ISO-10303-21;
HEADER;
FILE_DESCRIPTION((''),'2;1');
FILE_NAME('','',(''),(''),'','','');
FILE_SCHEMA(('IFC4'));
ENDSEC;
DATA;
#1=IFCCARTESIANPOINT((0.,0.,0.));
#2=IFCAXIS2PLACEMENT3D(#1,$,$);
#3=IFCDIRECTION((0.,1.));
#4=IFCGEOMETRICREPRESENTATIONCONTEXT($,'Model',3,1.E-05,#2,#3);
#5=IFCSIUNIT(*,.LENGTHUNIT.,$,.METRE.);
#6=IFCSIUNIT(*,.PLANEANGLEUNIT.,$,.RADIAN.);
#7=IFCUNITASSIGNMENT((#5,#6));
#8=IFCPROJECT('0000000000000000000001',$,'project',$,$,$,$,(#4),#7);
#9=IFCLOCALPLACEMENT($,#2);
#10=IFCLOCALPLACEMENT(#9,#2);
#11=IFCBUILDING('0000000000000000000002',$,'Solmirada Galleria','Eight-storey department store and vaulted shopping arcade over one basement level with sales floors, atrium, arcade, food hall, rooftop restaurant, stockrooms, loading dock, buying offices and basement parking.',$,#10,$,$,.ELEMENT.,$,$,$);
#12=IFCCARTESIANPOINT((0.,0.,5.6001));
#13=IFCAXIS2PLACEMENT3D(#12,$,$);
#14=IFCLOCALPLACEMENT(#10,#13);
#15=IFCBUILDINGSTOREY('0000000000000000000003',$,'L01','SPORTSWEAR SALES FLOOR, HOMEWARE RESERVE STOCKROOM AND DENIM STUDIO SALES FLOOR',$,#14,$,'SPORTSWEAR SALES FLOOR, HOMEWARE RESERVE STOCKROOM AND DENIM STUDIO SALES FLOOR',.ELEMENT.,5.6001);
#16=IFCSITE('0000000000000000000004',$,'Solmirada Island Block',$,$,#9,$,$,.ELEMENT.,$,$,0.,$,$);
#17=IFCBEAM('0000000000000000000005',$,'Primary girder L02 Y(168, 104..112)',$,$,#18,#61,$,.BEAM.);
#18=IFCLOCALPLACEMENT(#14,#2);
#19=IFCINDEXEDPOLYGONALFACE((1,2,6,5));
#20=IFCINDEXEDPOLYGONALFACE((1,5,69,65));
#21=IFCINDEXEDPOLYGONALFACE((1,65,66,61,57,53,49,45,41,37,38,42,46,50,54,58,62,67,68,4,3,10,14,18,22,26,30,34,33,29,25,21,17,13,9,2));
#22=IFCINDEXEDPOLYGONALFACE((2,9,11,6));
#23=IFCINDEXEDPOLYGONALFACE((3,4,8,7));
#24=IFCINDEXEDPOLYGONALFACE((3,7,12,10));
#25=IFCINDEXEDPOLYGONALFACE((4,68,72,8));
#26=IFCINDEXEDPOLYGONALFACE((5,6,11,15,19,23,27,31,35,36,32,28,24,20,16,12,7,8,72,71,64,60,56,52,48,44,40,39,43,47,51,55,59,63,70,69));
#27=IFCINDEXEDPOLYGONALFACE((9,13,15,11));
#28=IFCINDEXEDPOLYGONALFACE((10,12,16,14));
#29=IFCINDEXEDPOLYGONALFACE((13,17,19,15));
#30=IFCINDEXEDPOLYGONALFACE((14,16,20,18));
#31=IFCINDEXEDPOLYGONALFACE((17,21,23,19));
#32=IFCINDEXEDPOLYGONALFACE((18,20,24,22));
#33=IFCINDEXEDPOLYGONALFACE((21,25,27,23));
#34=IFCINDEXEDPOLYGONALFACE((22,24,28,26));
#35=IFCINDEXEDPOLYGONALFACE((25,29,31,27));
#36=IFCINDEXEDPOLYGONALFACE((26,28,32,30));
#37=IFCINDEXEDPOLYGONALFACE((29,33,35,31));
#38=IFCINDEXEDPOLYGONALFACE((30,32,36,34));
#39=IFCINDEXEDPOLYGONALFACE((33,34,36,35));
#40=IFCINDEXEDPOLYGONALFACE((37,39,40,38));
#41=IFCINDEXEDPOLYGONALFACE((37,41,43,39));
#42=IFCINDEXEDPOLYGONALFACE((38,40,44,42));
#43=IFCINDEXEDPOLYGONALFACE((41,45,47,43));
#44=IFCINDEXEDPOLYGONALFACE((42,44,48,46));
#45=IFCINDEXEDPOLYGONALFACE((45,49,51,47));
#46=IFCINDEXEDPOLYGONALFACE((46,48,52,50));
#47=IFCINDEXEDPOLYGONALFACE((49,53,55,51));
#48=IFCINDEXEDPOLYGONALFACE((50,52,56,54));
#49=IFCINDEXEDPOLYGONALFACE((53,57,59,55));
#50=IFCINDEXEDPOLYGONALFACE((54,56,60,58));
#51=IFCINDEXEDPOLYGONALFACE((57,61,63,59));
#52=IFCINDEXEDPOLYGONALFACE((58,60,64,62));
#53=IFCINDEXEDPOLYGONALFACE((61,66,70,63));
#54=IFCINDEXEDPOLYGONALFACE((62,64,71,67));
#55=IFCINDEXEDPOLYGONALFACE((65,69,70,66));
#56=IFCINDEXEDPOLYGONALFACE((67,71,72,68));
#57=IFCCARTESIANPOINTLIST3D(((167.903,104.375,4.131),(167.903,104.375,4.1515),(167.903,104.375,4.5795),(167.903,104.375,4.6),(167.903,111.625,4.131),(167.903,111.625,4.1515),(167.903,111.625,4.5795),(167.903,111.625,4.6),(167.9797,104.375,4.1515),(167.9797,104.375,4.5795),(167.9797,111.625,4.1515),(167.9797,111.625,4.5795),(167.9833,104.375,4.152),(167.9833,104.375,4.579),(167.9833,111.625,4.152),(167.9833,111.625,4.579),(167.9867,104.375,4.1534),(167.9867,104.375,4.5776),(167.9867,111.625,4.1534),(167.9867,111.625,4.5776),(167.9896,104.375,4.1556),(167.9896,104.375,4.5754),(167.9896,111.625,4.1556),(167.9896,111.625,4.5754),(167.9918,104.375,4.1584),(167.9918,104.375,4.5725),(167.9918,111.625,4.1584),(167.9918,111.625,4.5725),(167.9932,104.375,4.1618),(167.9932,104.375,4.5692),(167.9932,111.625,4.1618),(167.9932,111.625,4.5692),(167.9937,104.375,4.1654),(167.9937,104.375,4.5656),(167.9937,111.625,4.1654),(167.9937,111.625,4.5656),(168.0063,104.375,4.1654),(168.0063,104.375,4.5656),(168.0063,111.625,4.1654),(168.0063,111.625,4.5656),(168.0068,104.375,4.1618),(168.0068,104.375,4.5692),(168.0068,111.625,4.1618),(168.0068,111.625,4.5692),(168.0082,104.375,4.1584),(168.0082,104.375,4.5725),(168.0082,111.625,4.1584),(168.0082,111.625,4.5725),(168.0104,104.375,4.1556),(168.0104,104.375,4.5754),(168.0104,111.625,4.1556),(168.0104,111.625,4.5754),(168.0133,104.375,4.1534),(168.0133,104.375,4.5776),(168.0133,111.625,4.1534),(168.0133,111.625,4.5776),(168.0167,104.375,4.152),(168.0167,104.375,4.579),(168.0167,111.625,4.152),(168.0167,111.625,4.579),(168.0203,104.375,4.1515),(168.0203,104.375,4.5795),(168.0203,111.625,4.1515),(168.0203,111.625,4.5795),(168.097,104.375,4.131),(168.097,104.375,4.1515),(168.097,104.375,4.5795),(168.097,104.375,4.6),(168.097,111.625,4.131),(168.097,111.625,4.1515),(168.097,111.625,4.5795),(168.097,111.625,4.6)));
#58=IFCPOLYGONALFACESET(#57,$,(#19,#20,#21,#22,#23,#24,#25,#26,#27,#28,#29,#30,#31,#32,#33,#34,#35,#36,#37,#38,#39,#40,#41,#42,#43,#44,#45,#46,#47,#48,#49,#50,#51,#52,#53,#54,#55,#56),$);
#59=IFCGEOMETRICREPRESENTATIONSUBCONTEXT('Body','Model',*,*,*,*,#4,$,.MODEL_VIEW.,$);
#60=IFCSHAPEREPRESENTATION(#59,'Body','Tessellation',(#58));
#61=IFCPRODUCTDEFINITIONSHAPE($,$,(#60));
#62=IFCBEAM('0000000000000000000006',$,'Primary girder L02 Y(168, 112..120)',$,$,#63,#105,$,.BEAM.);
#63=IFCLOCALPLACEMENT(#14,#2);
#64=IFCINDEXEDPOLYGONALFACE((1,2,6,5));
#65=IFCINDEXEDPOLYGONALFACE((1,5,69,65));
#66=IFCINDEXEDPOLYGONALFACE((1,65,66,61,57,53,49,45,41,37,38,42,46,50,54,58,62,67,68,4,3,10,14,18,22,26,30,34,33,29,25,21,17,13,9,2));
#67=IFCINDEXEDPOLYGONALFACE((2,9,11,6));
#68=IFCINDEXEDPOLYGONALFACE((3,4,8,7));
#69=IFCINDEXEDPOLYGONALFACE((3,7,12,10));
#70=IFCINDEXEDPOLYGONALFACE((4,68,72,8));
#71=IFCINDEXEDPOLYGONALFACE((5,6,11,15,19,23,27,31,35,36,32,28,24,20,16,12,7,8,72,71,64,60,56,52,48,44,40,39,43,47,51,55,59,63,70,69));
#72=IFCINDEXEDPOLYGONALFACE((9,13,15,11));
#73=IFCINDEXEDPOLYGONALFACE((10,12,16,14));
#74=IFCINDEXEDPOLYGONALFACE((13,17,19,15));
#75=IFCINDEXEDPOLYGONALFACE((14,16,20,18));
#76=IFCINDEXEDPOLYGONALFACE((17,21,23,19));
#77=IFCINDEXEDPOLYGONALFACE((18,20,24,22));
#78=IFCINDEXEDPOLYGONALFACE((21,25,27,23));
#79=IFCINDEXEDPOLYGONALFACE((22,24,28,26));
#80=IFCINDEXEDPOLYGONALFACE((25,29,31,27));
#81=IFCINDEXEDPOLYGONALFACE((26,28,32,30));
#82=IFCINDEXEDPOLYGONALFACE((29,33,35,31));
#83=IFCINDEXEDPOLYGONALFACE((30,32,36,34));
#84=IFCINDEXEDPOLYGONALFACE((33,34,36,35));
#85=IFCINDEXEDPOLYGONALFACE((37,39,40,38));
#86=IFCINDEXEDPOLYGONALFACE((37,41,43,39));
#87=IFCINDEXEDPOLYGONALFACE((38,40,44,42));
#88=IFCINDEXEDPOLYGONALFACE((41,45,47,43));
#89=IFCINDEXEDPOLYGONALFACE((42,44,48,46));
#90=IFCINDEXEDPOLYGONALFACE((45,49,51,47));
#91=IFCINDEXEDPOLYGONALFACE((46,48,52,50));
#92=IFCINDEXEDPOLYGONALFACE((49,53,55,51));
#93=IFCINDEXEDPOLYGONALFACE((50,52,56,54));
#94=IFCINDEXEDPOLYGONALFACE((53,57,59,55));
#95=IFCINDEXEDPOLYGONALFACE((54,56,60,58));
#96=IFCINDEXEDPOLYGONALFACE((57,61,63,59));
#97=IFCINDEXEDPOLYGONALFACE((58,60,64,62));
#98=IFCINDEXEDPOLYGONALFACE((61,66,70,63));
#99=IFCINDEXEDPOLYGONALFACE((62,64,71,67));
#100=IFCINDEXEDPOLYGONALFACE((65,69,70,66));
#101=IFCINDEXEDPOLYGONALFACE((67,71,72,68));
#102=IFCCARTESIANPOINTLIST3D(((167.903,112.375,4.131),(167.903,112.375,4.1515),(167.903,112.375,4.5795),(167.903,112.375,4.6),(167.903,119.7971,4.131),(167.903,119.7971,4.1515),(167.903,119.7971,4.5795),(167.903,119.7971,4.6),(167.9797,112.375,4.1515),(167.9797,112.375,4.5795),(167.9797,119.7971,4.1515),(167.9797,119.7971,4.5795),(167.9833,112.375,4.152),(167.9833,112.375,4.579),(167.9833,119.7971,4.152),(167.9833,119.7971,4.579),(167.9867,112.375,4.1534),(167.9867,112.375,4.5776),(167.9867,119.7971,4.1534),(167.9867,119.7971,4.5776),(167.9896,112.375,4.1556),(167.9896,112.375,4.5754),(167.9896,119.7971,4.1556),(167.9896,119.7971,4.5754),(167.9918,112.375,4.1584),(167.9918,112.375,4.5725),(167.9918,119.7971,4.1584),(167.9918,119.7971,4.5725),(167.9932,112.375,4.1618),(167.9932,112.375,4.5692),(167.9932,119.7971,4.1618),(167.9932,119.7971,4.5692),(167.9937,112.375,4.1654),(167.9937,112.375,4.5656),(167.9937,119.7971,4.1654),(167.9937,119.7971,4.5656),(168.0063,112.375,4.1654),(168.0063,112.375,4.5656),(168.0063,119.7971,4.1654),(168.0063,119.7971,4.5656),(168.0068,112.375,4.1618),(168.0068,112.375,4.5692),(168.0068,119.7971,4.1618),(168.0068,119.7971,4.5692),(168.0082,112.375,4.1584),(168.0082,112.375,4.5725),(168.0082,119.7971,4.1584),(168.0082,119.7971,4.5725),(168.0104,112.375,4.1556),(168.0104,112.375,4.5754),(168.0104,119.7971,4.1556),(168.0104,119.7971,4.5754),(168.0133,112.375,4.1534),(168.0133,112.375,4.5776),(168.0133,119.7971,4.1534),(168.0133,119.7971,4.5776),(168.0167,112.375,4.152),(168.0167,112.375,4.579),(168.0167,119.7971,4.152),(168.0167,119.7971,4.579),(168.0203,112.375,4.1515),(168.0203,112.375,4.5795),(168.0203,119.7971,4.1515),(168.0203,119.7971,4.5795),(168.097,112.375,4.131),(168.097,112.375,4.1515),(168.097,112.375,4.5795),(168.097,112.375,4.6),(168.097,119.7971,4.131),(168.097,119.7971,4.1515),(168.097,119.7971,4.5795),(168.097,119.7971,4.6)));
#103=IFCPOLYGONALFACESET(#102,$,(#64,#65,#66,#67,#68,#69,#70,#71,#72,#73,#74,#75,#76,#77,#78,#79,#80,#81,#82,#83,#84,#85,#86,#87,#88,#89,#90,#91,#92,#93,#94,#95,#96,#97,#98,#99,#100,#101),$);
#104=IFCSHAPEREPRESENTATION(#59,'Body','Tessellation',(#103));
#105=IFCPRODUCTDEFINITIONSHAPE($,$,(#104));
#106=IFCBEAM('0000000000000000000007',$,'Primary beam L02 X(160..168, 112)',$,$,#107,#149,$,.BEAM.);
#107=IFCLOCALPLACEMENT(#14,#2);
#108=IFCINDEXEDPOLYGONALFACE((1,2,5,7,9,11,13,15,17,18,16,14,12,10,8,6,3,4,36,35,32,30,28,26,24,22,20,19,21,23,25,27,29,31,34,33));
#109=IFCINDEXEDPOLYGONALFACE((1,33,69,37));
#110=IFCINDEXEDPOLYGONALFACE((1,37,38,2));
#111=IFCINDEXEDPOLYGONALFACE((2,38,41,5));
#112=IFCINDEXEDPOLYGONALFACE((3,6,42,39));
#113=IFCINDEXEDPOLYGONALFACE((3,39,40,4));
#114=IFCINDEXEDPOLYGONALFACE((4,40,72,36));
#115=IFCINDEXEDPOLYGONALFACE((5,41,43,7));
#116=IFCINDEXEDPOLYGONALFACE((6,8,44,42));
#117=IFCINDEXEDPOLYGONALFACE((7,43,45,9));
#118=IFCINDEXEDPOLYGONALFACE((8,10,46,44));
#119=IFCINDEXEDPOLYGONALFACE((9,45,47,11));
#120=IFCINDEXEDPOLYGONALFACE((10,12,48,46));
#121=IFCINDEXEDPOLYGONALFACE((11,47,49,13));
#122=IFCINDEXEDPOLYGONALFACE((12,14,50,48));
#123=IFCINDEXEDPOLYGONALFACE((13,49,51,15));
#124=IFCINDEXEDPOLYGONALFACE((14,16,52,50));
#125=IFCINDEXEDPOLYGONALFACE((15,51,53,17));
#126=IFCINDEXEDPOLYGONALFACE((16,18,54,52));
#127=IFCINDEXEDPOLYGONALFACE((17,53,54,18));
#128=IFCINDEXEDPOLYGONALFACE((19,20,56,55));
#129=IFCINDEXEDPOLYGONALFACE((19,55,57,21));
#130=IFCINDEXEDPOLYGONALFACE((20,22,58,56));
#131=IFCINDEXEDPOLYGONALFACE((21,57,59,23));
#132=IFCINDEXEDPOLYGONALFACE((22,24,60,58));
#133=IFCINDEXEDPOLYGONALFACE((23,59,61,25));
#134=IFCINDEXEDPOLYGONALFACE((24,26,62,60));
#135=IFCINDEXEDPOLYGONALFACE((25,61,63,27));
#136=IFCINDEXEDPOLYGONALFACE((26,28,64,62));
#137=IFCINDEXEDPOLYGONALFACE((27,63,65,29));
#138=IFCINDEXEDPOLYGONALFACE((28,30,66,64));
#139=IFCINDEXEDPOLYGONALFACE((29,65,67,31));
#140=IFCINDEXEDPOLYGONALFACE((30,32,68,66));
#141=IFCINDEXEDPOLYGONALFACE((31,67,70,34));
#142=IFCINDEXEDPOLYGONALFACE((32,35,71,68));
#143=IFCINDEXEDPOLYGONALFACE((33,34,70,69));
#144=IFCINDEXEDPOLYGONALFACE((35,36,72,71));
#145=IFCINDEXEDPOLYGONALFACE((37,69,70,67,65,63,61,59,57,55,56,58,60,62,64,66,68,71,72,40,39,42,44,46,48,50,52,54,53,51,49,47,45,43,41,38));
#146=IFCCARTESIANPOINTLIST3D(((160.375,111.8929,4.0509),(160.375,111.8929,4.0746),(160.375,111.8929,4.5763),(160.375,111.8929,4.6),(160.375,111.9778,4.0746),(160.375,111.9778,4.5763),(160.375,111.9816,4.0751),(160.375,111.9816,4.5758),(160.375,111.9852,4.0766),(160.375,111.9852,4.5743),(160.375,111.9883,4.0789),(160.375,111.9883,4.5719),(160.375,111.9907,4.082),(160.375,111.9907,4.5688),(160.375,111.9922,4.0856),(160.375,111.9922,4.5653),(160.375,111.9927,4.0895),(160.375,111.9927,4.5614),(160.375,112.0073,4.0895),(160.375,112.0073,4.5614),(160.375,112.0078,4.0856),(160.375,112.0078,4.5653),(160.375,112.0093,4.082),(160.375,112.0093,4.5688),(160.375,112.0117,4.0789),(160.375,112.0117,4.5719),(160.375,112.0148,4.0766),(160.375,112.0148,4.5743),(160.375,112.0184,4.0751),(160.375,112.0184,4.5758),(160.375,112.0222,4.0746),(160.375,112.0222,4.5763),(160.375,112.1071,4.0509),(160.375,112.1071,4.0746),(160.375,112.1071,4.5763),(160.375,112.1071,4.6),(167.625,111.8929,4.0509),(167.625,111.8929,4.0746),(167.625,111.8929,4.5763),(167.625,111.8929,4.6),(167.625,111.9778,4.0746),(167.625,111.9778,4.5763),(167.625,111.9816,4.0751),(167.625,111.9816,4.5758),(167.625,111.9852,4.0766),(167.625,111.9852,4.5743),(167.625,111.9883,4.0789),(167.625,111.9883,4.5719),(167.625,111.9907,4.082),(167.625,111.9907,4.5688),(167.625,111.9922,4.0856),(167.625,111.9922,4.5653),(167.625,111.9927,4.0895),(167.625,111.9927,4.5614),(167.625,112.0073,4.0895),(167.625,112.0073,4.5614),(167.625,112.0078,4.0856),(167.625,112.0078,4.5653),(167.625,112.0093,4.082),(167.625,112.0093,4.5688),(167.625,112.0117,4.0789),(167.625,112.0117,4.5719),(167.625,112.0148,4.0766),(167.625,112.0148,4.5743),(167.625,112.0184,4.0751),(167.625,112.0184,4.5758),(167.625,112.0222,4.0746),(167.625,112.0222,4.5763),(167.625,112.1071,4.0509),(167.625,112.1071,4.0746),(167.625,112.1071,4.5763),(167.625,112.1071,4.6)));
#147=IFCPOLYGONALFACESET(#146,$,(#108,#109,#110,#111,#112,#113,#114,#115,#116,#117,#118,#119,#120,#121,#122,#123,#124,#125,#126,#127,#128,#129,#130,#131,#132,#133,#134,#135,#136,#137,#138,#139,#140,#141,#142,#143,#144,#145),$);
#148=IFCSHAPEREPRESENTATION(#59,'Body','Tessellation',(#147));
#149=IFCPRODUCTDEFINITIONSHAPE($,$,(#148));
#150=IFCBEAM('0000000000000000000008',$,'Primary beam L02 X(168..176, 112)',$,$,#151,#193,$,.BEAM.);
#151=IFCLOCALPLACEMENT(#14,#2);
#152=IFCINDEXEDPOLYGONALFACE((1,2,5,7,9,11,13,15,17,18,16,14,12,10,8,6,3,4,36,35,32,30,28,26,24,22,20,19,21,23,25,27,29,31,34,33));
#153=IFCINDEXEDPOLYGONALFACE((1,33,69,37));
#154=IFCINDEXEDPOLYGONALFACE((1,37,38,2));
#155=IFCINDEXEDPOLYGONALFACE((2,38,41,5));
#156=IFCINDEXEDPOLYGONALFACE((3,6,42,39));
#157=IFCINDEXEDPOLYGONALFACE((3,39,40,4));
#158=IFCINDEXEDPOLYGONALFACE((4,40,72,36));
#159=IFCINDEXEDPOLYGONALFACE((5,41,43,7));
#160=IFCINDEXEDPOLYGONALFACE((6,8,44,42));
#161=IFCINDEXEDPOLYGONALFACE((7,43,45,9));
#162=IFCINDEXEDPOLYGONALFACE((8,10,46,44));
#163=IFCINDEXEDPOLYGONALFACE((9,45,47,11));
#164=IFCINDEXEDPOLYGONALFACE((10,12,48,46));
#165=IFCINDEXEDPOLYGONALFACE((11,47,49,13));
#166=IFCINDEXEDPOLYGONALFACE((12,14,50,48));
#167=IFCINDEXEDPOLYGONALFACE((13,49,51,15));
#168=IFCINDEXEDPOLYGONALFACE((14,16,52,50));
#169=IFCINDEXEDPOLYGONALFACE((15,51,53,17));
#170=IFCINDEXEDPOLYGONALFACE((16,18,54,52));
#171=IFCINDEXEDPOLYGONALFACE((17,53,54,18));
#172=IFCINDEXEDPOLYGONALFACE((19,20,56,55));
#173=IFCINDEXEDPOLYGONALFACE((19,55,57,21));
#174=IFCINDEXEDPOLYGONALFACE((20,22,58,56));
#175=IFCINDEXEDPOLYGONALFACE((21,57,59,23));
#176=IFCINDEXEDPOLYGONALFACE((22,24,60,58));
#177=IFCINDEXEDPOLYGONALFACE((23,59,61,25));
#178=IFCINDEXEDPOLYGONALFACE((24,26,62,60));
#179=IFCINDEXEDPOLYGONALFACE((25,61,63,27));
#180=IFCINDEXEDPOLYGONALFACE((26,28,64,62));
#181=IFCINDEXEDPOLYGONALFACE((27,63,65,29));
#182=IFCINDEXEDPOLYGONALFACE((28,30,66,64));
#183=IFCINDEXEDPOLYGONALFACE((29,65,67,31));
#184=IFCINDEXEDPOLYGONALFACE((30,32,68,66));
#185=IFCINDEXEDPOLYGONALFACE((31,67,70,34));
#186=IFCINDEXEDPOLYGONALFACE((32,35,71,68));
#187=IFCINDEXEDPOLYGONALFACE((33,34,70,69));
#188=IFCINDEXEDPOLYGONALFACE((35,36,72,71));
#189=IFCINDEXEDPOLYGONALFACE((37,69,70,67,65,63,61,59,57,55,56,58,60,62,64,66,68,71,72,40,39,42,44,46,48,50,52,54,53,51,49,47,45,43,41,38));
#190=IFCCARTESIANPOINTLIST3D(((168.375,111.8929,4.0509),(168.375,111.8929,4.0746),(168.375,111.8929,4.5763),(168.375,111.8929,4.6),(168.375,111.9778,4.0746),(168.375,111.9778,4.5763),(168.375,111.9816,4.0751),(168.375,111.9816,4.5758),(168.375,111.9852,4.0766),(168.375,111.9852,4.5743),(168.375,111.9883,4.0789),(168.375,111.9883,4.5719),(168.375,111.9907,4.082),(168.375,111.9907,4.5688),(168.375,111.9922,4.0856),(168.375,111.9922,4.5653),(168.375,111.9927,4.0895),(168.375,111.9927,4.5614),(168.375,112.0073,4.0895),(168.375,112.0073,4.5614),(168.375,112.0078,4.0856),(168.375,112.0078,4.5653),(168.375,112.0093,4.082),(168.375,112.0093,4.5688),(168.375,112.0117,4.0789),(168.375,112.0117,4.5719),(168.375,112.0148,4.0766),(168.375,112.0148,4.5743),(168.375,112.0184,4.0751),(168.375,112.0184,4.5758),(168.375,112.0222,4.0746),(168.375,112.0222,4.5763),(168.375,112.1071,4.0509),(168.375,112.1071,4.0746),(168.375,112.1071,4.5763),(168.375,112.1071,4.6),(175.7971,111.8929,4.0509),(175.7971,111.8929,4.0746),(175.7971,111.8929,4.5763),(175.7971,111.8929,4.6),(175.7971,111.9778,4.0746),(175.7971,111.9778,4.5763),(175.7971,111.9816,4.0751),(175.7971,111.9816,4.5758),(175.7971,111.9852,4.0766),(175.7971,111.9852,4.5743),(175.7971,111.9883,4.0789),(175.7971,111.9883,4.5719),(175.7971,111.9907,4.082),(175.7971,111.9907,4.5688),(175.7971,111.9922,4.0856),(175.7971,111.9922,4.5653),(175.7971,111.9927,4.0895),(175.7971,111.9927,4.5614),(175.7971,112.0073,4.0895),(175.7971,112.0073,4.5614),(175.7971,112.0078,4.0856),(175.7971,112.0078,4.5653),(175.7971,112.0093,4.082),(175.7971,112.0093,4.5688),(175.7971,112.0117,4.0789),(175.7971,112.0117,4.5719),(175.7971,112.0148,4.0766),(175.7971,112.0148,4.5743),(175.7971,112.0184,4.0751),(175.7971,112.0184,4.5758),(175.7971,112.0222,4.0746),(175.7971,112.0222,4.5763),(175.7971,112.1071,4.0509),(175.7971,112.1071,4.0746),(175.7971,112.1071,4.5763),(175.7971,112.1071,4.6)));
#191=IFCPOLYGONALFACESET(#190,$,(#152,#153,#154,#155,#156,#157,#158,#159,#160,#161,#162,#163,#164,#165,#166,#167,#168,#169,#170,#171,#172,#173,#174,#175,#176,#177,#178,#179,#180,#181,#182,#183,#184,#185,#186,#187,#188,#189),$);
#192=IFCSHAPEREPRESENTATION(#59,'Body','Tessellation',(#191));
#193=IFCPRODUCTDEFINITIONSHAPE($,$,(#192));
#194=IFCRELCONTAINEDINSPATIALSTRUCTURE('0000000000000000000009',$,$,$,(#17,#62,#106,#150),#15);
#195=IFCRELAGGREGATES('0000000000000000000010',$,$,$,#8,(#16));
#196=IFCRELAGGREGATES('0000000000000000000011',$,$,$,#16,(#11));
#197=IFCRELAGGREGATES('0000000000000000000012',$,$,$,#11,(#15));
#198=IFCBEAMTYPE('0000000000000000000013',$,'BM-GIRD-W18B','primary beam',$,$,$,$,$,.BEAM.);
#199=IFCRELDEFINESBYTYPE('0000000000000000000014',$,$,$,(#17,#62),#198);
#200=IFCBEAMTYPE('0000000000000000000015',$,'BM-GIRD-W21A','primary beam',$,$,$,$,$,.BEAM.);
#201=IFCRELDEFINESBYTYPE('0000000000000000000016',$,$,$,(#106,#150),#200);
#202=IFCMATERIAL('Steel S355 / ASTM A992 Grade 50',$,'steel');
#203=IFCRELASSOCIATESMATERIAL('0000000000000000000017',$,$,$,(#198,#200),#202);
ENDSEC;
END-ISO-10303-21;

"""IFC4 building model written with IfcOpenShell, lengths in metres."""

from ifc_helpers import new_model, si_unit, direction, frame, origin, origin_2d, place, context, subcontext, project, spatial, i_section, extrude, material, material_profile, profile_set, type_object, element, save


model = new_model("IFC4")

# Units and contexts
model_context = context("Model", 3, precision=1e-05, world=origin(), true_north=direction((0.0, 1.0)))
body_context = subcontext(model_context, "Body", "Model", "MODEL_VIEW")
ifc_project = project(units=[si_unit("LENGTHUNIT", "METRE"), si_unit("PLANEANGLEUNIT", "RADIAN")], contexts=[model_context])

# Site, building, storey
site_placement = place(None, origin())
site = spatial("IfcSite", under=ifc_project, at=site_placement, Name="Solmirada Island Block", CompositionType="ELEMENT", RefElevation=0.0)
building_placement = place(site_placement, origin())
building = spatial("IfcBuilding", under=site, at=building_placement, Name="Solmirada Galleria", Description="Eight-storey department store and vaulted shopping arcade over one basement level with sales floors, atrium, arcade, food hall, rooftop restaurant, stockrooms, loading dock, buying offices and basement parking.", CompositionType="ELEMENT")
storey_placement = place(building_placement, frame((0.0, 0.0, 5.6001)))
storey = spatial("IfcBuildingStorey", under=building, at=storey_placement, Name="L01", Description="SPORTSWEAR SALES FLOOR, HOMEWARE RESERVE STOCKROOM AND DENIM STUDIO SALES FLOOR", LongName="SPORTSWEAR SALES FLOOR, HOMEWARE RESERVE STOCKROOM AND DENIM STUDIO SALES FLOOR", CompositionType="ELEMENT", Elevation=5.6001)

# Beams
ifc_material_1 = material(Name="Steel S355 / ASTM A992 Grade 50", Category="steel")
ifc_material_profile_1 = material_profile(ifc_material_1, i_section(OverallWidth=0.1941, OverallDepth=0.469, WebThickness=0.0127, FlangeThickness=0.0205, FilletRadius=0.0139, at=origin_2d()), Name="W18X71")
ifc_profile_set_1 = profile_set([ifc_material_profile_1], Name="Steel S355 / ASTM A992 Grade 50")
beam_type_1 = type_object("IfcBeamType", Name="BM-GIRD-W18B", Description="primary beam", PredefinedType="BEAM", material=ifc_profile_set_1)
beam_1_placement = place(storey_placement, frame((168.0, 104.375, 4.3655), z_axis=(0.0, 1.0, 0.0), x_axis=(-1.0, 0.0, 0.0)))
element("IfcBeam", 1, at=beam_1_placement, inside=storey, type_object=beam_type_1, Name="Primary girder L02 Y(168, 104..112)", PredefinedType="BEAM", context=body_context, shape_type="SweptSolid", body=[
    extrude(i_section(OverallWidth=0.1941, OverallDepth=0.469, WebThickness=0.0127, FlangeThickness=0.0205, FilletRadius=0.0139, at=origin_2d()), origin(), (0.0, 0.0, 1.0), 7.25),
])
beam_2_placement = place(storey_placement, frame((168.0, 112.375, 4.3655), z_axis=(0.0, 1.0, 0.0), x_axis=(-1.0, 0.0, 0.0)))
element("IfcBeam", 2, at=beam_2_placement, inside=storey, type_object=beam_type_1, Name="Primary girder L02 Y(168, 112..120)", PredefinedType="BEAM", context=body_context, shape_type="SweptSolid", body=[
    extrude(i_section(OverallWidth=0.1941, OverallDepth=0.469, WebThickness=0.0127, FlangeThickness=0.0205, FilletRadius=0.0139, at=origin_2d()), origin(), (0.0, 0.0, 1.0), 7.4221),
])
ifc_material_profile_2 = material_profile(ifc_material_1, i_section(OverallWidth=0.2141, OverallDepth=0.5491, WebThickness=0.0146, FlangeThickness=0.0237, FilletRadius=0.0149, at=origin_2d()), Name="W21X93")
ifc_profile_set_2 = profile_set([ifc_material_profile_2], Name="Steel S355 / ASTM A992 Grade 50")
beam_type_2 = type_object("IfcBeamType", Name="BM-GIRD-W21A", Description="primary beam", PredefinedType="BEAM", material=ifc_profile_set_2)
beam_3_placement = place(storey_placement, frame((160.375, 112.0, 4.3254), z_axis=(1.0, 0.0, 0.0), x_axis=(0.0, 1.0, 0.0)))
element("IfcBeam", 3, at=beam_3_placement, inside=storey, type_object=beam_type_2, Name="Primary beam L02 X(160..168, 112)", PredefinedType="BEAM", context=body_context, shape_type="SweptSolid", body=[
    extrude(i_section(OverallWidth=0.2141, OverallDepth=0.5491, WebThickness=0.0146, FlangeThickness=0.0237, FilletRadius=0.0149, at=origin_2d()), origin(), (0.0, 0.0, 1.0), 7.25),
])
beam_4_placement = place(storey_placement, frame((168.375, 112.0, 4.3254), z_axis=(1.0, 0.0, 0.0), x_axis=(0.0, 1.0, 0.0)))
element("IfcBeam", 4, at=beam_4_placement, inside=storey, type_object=beam_type_2, Name="Primary beam L02 X(168..176, 112)", PredefinedType="BEAM", context=body_context, shape_type="SweptSolid", body=[
    extrude(i_section(OverallWidth=0.2141, OverallDepth=0.5491, WebThickness=0.0146, FlangeThickness=0.0237, FilletRadius=0.0149, at=origin_2d()), origin(), (0.0, 0.0, 1.0), 7.4221),
])

save(model, "model.ifc")
